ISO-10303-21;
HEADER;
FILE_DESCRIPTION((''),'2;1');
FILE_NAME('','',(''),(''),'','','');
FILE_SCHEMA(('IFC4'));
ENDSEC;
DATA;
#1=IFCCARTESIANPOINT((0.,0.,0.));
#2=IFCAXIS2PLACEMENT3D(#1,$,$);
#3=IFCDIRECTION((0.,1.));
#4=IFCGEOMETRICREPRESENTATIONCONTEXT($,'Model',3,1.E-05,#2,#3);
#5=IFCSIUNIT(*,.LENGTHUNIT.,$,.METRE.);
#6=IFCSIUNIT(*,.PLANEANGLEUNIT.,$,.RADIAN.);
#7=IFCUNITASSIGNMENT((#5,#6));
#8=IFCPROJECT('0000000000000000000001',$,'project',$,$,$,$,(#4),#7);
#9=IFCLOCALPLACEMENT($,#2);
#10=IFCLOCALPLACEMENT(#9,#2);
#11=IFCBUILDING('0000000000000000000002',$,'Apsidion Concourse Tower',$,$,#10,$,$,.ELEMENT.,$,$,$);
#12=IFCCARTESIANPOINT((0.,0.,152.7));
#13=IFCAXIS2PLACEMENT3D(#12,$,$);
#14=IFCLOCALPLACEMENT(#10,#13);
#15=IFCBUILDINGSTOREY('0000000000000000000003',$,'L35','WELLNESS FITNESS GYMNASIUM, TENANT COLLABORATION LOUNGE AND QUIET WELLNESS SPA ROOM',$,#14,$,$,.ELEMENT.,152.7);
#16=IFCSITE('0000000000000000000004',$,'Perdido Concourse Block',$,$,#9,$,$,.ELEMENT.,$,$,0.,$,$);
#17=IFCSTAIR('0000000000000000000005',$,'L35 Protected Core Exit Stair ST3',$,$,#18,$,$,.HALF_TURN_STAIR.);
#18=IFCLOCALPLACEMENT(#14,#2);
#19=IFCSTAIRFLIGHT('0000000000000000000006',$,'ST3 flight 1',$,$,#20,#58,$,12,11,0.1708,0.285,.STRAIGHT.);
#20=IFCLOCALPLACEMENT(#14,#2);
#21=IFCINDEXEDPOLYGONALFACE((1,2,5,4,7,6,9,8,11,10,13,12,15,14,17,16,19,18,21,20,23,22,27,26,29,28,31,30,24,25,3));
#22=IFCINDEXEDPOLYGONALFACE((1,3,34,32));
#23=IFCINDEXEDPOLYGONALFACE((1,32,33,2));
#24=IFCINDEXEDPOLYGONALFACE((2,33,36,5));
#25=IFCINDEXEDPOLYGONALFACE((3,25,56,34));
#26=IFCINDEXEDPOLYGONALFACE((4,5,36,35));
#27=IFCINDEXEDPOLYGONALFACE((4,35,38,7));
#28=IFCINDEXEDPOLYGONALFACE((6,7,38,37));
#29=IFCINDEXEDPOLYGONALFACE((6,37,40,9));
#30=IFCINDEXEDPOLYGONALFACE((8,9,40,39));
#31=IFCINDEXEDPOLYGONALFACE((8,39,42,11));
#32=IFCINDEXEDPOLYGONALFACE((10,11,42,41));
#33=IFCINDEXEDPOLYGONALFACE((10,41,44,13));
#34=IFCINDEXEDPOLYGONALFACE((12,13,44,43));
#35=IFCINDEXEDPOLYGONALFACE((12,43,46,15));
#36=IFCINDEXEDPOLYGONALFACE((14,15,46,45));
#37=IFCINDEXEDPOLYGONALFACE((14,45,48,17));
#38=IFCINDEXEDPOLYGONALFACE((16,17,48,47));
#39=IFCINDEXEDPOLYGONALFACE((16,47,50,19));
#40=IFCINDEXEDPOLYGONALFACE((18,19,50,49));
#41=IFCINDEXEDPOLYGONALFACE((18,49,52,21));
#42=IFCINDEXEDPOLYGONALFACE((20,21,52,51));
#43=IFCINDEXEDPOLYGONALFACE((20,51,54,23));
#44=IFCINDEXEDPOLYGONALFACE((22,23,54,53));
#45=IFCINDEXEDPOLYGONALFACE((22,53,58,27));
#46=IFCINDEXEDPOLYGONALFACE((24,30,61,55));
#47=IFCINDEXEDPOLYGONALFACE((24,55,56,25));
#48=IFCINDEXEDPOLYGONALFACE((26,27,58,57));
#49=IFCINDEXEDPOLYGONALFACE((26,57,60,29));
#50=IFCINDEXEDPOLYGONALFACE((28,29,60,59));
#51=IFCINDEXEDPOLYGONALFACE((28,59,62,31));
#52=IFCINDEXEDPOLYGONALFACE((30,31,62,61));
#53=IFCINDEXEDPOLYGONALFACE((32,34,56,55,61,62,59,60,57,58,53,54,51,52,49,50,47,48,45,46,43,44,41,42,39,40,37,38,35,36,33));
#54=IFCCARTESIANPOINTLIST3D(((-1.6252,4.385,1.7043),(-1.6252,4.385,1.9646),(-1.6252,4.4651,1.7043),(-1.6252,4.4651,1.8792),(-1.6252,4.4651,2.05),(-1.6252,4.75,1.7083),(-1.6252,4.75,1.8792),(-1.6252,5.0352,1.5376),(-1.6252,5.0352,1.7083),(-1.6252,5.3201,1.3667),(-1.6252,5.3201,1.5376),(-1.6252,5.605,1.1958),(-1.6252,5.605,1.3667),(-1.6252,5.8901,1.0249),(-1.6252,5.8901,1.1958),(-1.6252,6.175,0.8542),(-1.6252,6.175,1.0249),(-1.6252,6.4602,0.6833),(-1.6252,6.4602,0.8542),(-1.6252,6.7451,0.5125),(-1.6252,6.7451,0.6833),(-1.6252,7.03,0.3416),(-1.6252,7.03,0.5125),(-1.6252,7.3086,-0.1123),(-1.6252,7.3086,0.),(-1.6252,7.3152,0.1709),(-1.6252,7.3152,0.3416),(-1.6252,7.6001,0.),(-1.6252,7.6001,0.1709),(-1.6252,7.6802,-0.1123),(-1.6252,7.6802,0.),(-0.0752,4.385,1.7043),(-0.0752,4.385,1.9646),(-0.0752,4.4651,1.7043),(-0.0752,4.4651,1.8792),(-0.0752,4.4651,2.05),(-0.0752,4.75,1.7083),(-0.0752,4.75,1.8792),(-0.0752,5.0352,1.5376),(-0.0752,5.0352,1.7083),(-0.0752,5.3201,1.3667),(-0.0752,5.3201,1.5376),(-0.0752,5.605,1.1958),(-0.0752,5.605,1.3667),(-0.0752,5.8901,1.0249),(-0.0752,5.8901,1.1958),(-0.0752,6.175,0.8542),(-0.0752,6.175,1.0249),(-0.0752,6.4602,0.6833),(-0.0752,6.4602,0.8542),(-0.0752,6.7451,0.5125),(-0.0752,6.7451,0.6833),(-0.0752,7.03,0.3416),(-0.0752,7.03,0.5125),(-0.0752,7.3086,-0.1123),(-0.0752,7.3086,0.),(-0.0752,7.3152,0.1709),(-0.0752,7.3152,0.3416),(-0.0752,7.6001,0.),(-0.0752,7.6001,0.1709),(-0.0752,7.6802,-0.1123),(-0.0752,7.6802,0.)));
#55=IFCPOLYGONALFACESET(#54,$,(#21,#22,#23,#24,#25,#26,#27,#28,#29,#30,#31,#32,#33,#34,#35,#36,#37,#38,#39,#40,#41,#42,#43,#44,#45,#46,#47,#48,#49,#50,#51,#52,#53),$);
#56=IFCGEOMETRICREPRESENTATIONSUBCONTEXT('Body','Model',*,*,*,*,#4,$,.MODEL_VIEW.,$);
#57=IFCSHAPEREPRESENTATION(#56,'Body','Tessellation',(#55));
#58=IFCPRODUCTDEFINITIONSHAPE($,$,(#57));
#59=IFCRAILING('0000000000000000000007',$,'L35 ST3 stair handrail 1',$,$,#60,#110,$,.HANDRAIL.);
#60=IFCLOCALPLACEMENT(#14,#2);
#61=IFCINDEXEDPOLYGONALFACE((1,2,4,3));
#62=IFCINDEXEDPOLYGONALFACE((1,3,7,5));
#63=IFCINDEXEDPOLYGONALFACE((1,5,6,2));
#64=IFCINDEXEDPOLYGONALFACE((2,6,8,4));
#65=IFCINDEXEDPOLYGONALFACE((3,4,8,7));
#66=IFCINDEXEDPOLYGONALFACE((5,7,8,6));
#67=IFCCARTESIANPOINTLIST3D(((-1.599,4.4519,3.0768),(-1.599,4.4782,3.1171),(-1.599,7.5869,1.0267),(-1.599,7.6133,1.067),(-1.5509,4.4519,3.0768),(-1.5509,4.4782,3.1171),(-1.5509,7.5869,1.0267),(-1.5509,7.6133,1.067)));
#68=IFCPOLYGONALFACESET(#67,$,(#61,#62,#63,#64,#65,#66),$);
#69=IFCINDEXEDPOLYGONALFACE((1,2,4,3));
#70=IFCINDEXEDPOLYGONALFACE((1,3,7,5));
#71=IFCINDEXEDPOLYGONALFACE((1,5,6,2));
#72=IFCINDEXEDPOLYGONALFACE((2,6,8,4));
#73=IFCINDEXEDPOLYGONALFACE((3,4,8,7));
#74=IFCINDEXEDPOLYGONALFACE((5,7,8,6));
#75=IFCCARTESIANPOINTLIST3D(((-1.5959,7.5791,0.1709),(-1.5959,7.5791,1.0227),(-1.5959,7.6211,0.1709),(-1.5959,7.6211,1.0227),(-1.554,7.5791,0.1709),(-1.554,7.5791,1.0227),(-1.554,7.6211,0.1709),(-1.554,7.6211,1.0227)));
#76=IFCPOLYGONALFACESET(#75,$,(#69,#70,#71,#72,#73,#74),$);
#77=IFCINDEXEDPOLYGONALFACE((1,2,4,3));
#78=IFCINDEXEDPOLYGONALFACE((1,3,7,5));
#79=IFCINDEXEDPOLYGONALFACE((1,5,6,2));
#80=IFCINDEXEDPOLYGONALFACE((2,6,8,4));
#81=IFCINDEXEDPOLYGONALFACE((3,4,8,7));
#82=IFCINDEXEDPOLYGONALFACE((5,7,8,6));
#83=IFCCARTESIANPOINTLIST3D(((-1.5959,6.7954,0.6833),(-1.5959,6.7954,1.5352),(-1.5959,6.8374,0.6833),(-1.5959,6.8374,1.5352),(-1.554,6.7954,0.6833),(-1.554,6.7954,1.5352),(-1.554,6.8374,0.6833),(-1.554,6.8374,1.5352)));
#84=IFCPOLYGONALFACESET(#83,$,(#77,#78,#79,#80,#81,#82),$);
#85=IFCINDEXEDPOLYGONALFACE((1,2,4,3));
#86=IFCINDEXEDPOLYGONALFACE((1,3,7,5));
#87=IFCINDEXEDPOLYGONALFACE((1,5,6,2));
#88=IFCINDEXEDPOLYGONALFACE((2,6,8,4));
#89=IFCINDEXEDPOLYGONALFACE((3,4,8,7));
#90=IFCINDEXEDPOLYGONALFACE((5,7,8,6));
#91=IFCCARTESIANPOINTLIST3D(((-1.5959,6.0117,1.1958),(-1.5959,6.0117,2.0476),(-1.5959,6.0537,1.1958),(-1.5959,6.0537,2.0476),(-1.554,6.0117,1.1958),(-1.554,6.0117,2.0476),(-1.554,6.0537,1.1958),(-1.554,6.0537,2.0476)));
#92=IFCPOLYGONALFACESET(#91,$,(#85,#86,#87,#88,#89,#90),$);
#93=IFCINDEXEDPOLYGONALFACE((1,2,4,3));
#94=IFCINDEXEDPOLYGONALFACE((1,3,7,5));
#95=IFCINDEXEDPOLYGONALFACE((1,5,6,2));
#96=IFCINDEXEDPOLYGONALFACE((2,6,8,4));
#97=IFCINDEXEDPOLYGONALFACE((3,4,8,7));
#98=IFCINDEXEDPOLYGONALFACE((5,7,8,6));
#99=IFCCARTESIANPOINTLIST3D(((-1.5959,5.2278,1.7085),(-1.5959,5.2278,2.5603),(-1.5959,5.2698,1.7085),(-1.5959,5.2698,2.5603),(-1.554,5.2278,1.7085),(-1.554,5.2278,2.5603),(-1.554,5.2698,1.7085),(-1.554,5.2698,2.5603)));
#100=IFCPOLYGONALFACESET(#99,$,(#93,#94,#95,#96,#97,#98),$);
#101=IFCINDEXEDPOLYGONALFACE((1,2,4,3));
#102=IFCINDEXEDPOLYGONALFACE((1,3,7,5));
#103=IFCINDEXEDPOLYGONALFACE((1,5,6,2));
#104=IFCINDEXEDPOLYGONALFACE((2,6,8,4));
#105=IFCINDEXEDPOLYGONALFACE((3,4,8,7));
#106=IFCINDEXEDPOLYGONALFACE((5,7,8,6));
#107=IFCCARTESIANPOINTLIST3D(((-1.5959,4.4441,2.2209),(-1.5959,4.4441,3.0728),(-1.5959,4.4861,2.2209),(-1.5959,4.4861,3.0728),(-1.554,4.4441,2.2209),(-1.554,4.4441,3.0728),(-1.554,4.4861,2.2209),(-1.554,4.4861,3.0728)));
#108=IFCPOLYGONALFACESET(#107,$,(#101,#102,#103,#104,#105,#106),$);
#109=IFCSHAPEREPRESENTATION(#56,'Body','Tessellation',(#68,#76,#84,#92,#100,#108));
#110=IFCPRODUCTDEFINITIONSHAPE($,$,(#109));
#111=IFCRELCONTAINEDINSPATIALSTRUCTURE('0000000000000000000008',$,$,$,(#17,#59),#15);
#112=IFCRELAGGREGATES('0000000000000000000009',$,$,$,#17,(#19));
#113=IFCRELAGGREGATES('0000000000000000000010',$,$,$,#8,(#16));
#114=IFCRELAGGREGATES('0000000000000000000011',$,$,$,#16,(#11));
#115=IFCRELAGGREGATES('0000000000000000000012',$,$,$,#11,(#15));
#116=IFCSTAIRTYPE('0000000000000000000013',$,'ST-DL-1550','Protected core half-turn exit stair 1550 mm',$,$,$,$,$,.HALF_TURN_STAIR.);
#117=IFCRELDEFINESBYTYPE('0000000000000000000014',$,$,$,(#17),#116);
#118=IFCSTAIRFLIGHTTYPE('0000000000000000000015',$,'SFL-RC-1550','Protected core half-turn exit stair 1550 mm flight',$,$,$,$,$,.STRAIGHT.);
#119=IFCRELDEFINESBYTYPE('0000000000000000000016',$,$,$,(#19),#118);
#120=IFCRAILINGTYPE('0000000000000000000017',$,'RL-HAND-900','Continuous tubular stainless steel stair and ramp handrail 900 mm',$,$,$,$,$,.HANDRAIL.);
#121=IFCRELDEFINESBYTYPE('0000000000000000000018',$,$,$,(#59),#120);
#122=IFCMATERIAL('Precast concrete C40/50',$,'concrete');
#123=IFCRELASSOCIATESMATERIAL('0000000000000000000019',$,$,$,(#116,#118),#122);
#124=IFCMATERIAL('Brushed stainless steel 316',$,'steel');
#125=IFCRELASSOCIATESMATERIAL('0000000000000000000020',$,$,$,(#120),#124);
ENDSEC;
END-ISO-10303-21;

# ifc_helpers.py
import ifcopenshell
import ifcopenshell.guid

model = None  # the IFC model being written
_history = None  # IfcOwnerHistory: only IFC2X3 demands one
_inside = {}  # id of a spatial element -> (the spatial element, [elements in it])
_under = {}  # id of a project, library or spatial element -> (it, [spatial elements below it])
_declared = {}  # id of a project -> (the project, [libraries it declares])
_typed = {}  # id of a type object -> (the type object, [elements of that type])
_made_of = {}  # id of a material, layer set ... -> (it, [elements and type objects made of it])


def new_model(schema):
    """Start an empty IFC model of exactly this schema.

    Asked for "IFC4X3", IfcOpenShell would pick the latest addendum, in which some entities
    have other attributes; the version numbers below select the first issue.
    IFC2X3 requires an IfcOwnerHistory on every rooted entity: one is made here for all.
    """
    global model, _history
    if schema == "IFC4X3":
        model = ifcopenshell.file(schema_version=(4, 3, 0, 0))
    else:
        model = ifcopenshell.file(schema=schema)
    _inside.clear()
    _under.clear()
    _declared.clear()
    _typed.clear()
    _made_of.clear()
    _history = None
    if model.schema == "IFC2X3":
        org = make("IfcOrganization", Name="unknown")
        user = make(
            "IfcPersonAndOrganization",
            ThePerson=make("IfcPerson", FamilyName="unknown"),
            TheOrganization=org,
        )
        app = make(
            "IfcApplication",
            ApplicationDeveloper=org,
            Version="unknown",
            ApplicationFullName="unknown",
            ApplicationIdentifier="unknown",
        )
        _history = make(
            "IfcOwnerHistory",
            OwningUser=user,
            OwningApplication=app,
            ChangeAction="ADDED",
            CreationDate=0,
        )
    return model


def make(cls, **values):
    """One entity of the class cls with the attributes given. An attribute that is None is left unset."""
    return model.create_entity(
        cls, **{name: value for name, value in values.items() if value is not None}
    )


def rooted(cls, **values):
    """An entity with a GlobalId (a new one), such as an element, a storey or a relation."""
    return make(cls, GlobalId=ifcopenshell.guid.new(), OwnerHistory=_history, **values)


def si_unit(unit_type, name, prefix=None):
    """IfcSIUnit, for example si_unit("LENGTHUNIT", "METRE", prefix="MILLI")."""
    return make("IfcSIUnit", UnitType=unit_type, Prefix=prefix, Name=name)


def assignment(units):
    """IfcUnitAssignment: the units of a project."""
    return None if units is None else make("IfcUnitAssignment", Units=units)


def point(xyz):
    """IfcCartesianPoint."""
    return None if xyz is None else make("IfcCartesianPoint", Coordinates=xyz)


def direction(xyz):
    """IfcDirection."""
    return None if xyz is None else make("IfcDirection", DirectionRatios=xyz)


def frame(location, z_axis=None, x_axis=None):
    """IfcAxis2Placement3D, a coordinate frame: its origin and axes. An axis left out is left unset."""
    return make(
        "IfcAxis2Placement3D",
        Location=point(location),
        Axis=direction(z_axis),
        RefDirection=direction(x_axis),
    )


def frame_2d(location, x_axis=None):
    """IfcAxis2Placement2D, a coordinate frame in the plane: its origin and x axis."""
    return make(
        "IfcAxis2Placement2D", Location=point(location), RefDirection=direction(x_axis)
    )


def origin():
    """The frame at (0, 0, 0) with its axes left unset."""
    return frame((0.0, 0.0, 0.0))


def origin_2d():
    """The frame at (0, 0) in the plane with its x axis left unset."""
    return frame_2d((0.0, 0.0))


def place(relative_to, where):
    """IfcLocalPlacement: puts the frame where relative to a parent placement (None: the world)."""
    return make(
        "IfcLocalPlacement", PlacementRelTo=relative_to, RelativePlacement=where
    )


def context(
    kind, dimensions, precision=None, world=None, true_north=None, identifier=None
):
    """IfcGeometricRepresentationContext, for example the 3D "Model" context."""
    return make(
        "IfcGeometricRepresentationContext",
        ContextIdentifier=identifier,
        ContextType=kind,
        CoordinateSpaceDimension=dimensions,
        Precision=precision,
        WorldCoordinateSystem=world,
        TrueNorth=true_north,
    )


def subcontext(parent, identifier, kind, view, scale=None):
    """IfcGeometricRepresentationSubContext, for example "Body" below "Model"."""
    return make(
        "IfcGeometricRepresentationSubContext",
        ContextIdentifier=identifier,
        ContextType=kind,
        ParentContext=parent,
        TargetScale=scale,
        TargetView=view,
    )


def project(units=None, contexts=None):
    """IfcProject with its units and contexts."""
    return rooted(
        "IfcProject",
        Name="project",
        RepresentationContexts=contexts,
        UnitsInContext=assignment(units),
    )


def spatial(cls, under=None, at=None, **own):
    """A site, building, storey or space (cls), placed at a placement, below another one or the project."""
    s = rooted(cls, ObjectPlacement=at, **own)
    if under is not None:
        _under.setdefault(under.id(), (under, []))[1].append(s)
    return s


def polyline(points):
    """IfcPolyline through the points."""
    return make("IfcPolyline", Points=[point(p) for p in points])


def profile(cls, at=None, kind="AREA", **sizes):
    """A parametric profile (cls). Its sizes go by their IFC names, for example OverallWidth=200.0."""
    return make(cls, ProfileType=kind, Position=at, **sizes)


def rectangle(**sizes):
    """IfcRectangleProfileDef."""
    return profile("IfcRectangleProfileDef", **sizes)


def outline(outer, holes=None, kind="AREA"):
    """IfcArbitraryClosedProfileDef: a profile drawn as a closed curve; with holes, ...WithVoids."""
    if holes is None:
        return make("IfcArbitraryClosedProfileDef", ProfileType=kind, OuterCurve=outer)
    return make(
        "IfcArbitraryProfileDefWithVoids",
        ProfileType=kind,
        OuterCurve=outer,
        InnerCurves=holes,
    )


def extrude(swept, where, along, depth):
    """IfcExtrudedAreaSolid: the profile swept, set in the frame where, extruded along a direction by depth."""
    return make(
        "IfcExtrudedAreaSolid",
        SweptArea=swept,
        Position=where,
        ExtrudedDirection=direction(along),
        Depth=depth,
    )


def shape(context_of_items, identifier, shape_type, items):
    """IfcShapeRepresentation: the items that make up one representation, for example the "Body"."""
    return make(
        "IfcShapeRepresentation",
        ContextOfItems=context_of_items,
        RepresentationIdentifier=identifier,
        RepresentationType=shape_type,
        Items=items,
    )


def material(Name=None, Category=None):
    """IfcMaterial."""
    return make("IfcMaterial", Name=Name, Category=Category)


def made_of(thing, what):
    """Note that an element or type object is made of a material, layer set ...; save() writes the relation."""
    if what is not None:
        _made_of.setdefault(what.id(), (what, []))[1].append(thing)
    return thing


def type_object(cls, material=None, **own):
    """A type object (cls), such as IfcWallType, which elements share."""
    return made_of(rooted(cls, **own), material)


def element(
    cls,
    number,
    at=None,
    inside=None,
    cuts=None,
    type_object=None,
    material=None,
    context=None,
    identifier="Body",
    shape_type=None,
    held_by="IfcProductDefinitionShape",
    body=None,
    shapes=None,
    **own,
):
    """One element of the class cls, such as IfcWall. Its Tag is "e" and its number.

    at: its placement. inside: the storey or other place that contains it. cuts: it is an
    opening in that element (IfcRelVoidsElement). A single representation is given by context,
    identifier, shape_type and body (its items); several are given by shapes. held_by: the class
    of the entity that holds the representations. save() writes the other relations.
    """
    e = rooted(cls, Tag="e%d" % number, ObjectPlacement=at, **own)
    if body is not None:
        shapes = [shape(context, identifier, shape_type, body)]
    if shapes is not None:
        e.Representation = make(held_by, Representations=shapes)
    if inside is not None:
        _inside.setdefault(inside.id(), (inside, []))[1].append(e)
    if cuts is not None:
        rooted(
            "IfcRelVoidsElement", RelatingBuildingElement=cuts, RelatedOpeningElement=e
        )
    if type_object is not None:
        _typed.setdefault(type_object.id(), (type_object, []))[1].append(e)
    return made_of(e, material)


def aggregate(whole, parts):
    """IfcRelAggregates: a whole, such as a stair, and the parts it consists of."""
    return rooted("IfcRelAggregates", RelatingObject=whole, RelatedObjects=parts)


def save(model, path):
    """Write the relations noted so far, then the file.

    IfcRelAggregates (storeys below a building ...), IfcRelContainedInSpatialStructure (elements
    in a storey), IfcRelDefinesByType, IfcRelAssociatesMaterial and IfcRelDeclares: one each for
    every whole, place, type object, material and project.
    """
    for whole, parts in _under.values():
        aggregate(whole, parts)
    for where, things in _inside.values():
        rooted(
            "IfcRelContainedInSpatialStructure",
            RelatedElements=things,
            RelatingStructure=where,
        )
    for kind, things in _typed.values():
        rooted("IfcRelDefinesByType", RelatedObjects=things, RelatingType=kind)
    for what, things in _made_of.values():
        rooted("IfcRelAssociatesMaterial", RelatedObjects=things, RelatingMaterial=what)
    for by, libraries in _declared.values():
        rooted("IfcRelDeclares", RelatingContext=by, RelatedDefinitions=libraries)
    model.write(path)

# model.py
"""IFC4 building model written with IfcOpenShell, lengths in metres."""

from ifc_helpers import new_model, si_unit, direction, frame, origin, origin_2d, place, context, subcontext, project, spatial, polyline, rectangle, outline, extrude, material, type_object, element, aggregate, save


model = new_model("IFC4")

# Units and contexts
model_context = context("Model", 3, precision=1e-05, world=origin(), true_north=direction((0.0, 1.0)))
body_context = subcontext(model_context, "Body", "Model", "MODEL_VIEW")
ifc_project = project(units=[si_unit("LENGTHUNIT", "METRE"), si_unit("PLANEANGLEUNIT", "RADIAN")], contexts=[model_context])

# Site, building, storey
site_placement = place(None, origin())
site = spatial("IfcSite", under=ifc_project, at=site_placement, Name="Perdido Concourse Block", CompositionType="ELEMENT", RefElevation=0.0)
building_placement = place(site_placement, origin())
building = spatial("IfcBuilding", under=site, at=building_placement, Name="Apsidion Concourse Tower", CompositionType="ELEMENT")
storey_placement = place(building_placement, frame((0.0, 0.0, 152.7)))
storey = spatial("IfcBuildingStorey", under=building, at=storey_placement, Name="L35", Description="WELLNESS FITNESS GYMNASIUM, TENANT COLLABORATION LOUNGE AND QUIET WELLNESS SPA ROOM", CompositionType="ELEMENT", Elevation=152.7)

# Shared definitions
ifc_material_1 = material(Name="Brushed stainless steel 316", Category="steel")

# Stair, stair flight
ifc_material_2 = material(Name="Precast concrete C40/50", Category="concrete")
stair_type = type_object("IfcStairType", Name="ST-DL-1550", Description="Protected core half-turn exit stair 1550 mm", PredefinedType="HALF_TURN_STAIR", material=ifc_material_2)
stair_placement = place(storey_placement, origin())
stair = element("IfcStair", 1, at=stair_placement, inside=storey, type_object=stair_type, Name="L35 Protected Core Exit Stair ST3", PredefinedType="HALF_TURN_STAIR")
stair_flight_type = type_object("IfcStairFlightType", Name="SFL-RC-1550", Description="Protected core half-turn exit stair 1550 mm flight", PredefinedType="STRAIGHT", material=ifc_material_2)
stair_flight_placement = place(storey_placement, frame((-0.8501, 7.6001, 0.0), z_axis=(0.0, 0.0, 1.0), x_axis=(0.0, -1.0, 0.0)))
stair_flight = element("IfcStairFlight", 2, at=stair_flight_placement, type_object=stair_flight_type, Name="ST3 flight 1", NumberOfRisers=12, NumberOfTreads=11, PredefinedType="STRAIGHT", RiserHeight=0.1708, TreadLength=0.285, context=body_context, shape_type="SweptSolid", body=[
    extrude(outline(polyline([(-0.0801, -0.1123), (-0.0801, 0.0), (0.0, 0.0), (0.0, 0.1709), (0.2849, 0.1709), (0.2849, 0.3416), (0.5701, 0.3416), (0.5701, 0.5125), (0.855, 0.5125), (0.855, 0.6833), (1.1399, 0.6833), (1.1399, 0.8542), (1.425, 0.8542), (1.425, 1.0249), (1.71, 1.0249), (1.71, 1.1958), (1.9951, 1.1958), (1.9951, 1.3667), (2.28, 1.3667), (2.28, 1.5376), (2.5649, 1.5376), (2.5649, 1.7083), (2.8501, 1.7083), (2.8501, 1.8792), (3.135, 1.8792), (3.135, 2.05), (3.2151, 1.9646), (3.2151, 1.7043), (3.135, 1.7043), (0.2915, 0.0), (0.2915, -0.1123), (-0.0801, -0.1123)])), frame((0.0, 0.7749, 0.0), z_axis=(0.0, -1.0, 0.0), x_axis=(1.0, 0.0, 0.0)), (0.0, 0.0, 1.0), 1.55),
])
aggregate(stair, [stair_flight])

# Railing
railing_type = type_object("IfcRailingType", Name="RL-HAND-900", Description="Continuous tubular stainless steel stair and ramp handrail 900 mm", PredefinedType="HANDRAIL", material=ifc_material_1)
railing_placement = place(storey_placement, frame((-1.575, 7.6001, 0.1709)))
element("IfcRailing", 3, at=railing_placement, inside=storey, type_object=railing_type, Name="L35 ST3 stair handrail 1", PredefinedType="HANDRAIL", context=body_context, shape_type="SweptSolid", body=[
    extrude(rectangle(XDim=0.0481, YDim=0.0481, at=origin_2d()), frame((0.0, 0.0, 0.876), z_axis=(0.0, -0.836941, 0.547293), x_axis=(1.0, 0.0, 0.0)), (0.0, 0.0, 1.0), 3.7458),
    extrude(rectangle(XDim=0.042, YDim=0.042, at=origin_2d()), origin(), (0.0, 0.0, 1.0), 0.8518),
    extrude(rectangle(XDim=0.042, YDim=0.042, at=origin_2d()), frame((0.0, -0.7837, 0.5125)), (0.0, 0.0, 1.0), 0.8518),
    extrude(rectangle(XDim=0.042, YDim=0.042, at=origin_2d()), frame((0.0, -1.5674, 1.0249)), (0.0, 0.0, 1.0), 0.8518),
    extrude(rectangle(XDim=0.042, YDim=0.042, at=origin_2d()), frame((0.0, -2.3513, 1.5376)), (0.0, 0.0, 1.0), 0.8518),
    extrude(rectangle(XDim=0.042, YDim=0.042, at=origin_2d()), frame((0.0, -3.135, 2.05)), (0.0, 0.0, 1.0), 0.8518),
])

save(model, "model.ifc")
